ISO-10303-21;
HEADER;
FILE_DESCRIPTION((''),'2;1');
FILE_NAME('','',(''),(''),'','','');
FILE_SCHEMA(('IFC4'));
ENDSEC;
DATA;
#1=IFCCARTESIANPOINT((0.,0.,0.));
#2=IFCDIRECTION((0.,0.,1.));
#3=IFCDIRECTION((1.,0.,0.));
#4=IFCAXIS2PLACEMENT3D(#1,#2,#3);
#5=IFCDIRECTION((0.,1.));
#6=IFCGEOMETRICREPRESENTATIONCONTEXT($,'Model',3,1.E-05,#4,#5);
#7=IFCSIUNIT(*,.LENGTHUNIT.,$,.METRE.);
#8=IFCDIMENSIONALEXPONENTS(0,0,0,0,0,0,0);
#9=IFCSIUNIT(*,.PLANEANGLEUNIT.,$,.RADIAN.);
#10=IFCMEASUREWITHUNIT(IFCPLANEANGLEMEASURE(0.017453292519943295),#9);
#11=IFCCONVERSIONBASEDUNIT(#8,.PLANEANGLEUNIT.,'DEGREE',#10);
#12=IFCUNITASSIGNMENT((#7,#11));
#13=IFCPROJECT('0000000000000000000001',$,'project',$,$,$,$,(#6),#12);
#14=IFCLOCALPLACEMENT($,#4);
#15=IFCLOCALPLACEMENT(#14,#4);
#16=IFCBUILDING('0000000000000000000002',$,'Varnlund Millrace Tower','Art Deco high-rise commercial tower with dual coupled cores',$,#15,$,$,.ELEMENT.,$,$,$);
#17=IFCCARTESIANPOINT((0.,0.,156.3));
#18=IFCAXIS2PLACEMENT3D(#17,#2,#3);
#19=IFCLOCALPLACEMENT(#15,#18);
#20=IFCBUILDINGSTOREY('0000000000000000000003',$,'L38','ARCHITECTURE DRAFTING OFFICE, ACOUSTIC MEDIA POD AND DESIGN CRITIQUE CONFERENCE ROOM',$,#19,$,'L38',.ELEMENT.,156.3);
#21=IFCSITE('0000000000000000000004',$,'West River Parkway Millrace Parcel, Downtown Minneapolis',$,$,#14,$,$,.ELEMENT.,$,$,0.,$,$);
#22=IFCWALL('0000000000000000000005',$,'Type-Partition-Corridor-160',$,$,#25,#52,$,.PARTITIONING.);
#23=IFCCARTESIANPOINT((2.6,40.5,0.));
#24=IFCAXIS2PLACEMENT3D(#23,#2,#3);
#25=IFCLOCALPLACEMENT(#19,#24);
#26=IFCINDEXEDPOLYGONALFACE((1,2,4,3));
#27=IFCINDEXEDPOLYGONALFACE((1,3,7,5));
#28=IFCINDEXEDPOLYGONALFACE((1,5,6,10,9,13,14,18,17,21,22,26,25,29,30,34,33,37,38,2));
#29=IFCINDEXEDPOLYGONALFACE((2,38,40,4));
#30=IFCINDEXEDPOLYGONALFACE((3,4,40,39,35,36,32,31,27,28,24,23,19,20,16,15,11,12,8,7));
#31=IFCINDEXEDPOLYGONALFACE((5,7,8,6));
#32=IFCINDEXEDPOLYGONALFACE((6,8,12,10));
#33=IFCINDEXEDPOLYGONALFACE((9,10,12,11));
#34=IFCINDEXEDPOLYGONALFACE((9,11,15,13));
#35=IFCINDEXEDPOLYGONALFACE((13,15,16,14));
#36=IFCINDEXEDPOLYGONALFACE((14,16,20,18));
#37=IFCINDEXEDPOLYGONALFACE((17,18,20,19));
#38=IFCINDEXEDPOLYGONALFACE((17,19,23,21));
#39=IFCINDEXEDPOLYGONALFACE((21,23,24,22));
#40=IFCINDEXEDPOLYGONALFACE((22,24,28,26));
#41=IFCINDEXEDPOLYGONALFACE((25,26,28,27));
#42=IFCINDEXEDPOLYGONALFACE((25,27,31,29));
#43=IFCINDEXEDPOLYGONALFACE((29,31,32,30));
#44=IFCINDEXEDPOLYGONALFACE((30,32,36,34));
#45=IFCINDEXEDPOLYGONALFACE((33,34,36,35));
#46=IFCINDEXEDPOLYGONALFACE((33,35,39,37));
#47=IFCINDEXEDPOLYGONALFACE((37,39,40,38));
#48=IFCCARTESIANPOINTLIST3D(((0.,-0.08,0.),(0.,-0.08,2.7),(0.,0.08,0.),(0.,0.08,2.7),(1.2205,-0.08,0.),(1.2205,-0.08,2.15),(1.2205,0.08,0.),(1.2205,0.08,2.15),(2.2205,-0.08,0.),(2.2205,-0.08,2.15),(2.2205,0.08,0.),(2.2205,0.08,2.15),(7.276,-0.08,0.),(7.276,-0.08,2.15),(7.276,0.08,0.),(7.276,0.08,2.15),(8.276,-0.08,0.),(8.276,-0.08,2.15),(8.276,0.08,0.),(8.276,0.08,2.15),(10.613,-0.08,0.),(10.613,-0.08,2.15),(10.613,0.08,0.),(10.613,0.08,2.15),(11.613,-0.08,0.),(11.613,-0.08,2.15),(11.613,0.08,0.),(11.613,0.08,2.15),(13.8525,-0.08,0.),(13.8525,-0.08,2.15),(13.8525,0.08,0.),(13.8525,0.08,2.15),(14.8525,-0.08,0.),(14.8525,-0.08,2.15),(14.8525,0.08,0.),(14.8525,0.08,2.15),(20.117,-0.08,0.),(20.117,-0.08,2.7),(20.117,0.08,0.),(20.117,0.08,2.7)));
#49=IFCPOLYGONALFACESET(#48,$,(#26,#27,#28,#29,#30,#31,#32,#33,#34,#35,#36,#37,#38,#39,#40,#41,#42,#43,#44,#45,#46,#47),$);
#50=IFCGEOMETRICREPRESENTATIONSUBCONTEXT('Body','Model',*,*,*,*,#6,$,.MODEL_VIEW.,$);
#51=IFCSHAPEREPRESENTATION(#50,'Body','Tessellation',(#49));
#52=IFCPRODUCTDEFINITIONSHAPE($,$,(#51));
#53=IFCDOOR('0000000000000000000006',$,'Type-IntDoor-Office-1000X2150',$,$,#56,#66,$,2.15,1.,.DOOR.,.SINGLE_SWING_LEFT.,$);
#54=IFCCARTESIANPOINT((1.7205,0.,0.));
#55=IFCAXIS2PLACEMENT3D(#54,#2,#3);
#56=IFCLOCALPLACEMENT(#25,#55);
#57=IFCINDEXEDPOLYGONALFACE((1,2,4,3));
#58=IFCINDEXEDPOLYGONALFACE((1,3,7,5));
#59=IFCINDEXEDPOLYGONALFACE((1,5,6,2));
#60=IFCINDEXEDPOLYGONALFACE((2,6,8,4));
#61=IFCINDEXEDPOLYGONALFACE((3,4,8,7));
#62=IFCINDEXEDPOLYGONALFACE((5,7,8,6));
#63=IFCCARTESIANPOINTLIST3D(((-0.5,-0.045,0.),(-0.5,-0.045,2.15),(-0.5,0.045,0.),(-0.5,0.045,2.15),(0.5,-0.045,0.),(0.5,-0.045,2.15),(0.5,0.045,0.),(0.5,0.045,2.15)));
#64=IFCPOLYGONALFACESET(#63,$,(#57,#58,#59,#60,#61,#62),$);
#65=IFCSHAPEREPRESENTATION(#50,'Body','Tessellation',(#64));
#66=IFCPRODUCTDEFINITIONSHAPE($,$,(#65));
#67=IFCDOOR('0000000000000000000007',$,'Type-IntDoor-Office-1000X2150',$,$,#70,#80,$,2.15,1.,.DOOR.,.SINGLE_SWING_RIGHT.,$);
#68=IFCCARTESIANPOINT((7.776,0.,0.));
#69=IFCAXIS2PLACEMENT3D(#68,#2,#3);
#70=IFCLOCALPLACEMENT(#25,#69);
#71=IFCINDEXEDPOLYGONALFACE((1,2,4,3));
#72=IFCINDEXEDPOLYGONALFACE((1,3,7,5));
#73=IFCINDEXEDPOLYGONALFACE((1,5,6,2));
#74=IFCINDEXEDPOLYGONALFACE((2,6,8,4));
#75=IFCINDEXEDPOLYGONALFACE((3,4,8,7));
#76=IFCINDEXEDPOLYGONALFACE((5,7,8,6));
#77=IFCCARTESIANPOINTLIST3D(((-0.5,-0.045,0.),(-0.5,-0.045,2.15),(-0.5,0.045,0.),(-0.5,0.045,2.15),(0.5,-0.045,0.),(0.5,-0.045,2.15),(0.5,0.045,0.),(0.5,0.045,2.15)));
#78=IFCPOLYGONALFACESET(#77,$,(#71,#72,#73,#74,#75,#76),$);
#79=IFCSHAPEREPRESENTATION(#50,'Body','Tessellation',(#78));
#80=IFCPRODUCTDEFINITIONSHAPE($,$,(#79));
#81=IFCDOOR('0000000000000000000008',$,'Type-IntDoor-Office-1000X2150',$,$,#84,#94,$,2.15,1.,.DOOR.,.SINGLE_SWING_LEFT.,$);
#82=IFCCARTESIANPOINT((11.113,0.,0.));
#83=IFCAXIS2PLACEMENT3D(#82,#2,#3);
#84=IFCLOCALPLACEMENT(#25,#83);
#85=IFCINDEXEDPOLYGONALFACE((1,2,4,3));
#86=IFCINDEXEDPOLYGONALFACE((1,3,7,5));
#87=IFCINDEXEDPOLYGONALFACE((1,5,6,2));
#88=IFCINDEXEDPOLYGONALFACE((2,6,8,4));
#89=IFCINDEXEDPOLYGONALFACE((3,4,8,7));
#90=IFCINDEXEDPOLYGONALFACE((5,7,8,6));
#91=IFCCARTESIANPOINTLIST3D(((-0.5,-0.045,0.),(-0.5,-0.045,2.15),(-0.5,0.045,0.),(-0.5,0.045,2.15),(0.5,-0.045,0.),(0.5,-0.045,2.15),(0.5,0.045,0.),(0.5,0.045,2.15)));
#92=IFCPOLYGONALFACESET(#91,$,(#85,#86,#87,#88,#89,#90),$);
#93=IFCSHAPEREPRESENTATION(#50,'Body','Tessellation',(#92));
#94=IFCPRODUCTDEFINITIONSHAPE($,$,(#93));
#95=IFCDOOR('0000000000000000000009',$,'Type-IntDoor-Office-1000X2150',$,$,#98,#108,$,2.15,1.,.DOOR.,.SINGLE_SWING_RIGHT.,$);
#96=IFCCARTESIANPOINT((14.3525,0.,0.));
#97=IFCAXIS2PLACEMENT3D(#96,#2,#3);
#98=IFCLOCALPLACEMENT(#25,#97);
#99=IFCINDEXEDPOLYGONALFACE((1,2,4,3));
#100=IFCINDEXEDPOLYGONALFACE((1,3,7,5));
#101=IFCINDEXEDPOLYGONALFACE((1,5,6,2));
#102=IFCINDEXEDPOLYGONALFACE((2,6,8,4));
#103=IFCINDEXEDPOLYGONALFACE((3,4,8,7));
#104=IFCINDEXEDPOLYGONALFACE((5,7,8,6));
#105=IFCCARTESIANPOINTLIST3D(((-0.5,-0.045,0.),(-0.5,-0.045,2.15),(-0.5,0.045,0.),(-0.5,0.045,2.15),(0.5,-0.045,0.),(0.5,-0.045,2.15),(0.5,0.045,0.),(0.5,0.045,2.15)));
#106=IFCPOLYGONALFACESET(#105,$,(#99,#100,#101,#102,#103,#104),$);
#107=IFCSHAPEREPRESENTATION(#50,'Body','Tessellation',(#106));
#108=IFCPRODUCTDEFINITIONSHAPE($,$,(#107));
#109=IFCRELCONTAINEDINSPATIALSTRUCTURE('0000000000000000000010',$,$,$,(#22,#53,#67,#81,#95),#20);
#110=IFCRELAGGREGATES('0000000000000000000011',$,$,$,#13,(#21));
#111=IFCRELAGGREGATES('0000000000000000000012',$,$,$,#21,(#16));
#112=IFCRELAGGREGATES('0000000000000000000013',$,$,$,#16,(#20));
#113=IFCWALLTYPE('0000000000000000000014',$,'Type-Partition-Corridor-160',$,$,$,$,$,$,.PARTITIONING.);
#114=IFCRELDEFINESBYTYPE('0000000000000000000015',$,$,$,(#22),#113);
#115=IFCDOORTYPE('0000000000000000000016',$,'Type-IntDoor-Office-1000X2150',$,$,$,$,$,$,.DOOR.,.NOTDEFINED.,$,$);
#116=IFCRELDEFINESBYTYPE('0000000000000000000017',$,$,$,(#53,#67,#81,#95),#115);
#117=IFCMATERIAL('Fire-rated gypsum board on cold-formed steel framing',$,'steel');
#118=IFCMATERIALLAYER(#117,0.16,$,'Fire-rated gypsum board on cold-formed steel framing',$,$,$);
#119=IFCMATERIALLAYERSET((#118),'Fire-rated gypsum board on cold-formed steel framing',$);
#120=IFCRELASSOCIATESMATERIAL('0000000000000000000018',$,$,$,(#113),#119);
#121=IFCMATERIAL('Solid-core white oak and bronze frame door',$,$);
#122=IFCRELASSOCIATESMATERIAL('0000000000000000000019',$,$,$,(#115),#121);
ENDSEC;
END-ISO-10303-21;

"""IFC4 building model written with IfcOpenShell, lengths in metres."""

from ifc_helpers import new_model, entity, si_unit, converted_unit, direction, frame, origin_with_axes, origin_2d_with_axis, place, context, subcontext, project, spatial, polyline, rectangle, outline, extrude, material, layer, layer_set, type_object, element, fill, save


model = new_model("IFC4")

# Units and contexts
model_context = context("Model", 3, precision=1e-05, world=origin_with_axes(), true_north=direction((0.0, 1.0)))
body_context = subcontext(model_context, "Body", "Model", "MODEL_VIEW")
ifc_project = project(units=[si_unit("LENGTHUNIT", "METRE"), converted_unit("PLANEANGLEUNIT", "DEGREE", entity("IfcPlaneAngleMeasure", 0.017453292519943295), si_unit("PLANEANGLEUNIT", "RADIAN"), dimensions=[0, 0, 0, 0, 0, 0, 0])], contexts=[model_context])

# Site, building, storey
site_placement = place(None, origin_with_axes())
site = spatial("IfcSite", under=ifc_project, at=site_placement, Name="West River Parkway Millrace Parcel, Downtown Minneapolis", CompositionType="ELEMENT", RefElevation=0.0)
building_placement = place(site_placement, origin_with_axes())
building = spatial("IfcBuilding", under=site, at=building_placement, Name="Varnlund Millrace Tower", Description="Art Deco high-rise commercial tower with dual coupled cores", CompositionType="ELEMENT")
storey_placement = place(building_placement, frame((0.0, 0.0, 156.3), z_axis=(0.0, 0.0, 1.0), x_axis=(1.0, 0.0, 0.0)))
storey = spatial("IfcBuildingStorey", under=building, at=storey_placement, Name="L38", Description="ARCHITECTURE DRAFTING OFFICE, ACOUSTIC MEDIA POD AND DESIGN CRITIQUE CONFERENCE ROOM", LongName="L38", CompositionType="ELEMENT", Elevation=156.3)

# Shared definitions
ifc_material_1 = material(Name="Fire-rated gypsum board on cold-formed steel framing", Category="steel")
ifc_layer_1 = layer(ifc_material_1, 0.16, Name="Fire-rated gypsum board on cold-formed steel framing")
ifc_layer_set_1 = layer_set([ifc_layer_1], Name="Fire-rated gypsum board on cold-formed steel framing")
wall_type_1 = type_object("IfcWallType", Name="Type-Partition-Corridor-160", PredefinedType="PARTITIONING", material=ifc_layer_set_1)

# Wall, openings, doors
wall_1_placement = place(storey_placement, frame((2.6, 40.5, 0.0), z_axis=(0.0, 0.0, 1.0), x_axis=(1.0, 0.0, 0.0)))
wall_1 = element("IfcWall", 1, at=wall_1_placement, inside=storey, type_object=wall_type_1, Name="Type-Partition-Corridor-160", PredefinedType="PARTITIONING", context=body_context, shape_type="SweptSolid", body=[
    extrude(outline(polyline([(0.0, -0.08), (20.117, -0.08), (20.117, 0.08), (0.0, 0.08), (0.0, -0.08)])), origin_with_axes(), (0.0, 0.0, 1.0), 2.7),
])
opening_1_placement = place(wall_1_placement, frame((1.7205, 0.0, 0.0), z_axis=(0.0, 0.0, 1.0), x_axis=(1.0, 0.0, 0.0)))
opening_1 = element("IfcOpeningElement", 2, at=opening_1_placement, cuts=wall_1, PredefinedType="OPENING", context=body_context, shape_type="SweptSolid", body=[
    extrude(rectangle(XDim=1.0, YDim=0.18, at=origin_2d_with_axis()), origin_with_axes(), (0.0, 0.0, 1.0), 2.15),
])
opening_2_placement = place(wall_1_placement, frame((7.776, 0.0, 0.0), z_axis=(0.0, 0.0, 1.0), x_axis=(1.0, 0.0, 0.0)))
opening_2 = element("IfcOpeningElement", 3, at=opening_2_placement, cuts=wall_1, PredefinedType="OPENING", context=body_context, shape_type="SweptSolid", body=[
    extrude(rectangle(XDim=1.0, YDim=0.18, at=origin_2d_with_axis()), origin_with_axes(), (0.0, 0.0, 1.0), 2.15),
])
opening_3_placement = place(wall_1_placement, frame((11.113, 0.0, 0.0), z_axis=(0.0, 0.0, 1.0), x_axis=(1.0, 0.0, 0.0)))
opening_3 = element("IfcOpeningElement", 4, at=opening_3_placement, cuts=wall_1, PredefinedType="OPENING", context=body_context, shape_type="SweptSolid", body=[
    extrude(rectangle(XDim=1.0, YDim=0.18, at=origin_2d_with_axis()), origin_with_axes(), (0.0, 0.0, 1.0), 2.15),
])
opening_4_placement = place(wall_1_placement, frame((14.3525, 0.0, 0.0), z_axis=(0.0, 0.0, 1.0), x_axis=(1.0, 0.0, 0.0)))
opening_4 = element("IfcOpeningElement", 5, at=opening_4_placement, cuts=wall_1, PredefinedType="OPENING", context=body_context, shape_type="SweptSolid", body=[
    extrude(rectangle(XDim=1.0, YDim=0.18, at=origin_2d_with_axis()), origin_with_axes(), (0.0, 0.0, 1.0), 2.15),
])
ifc_material_2 = material(Name="Solid-core white oak and bronze frame door")
door_type_1 = type_object("IfcDoorType", Name="Type-IntDoor-Office-1000X2150", OperationType="NOTDEFINED", PredefinedType="DOOR", material=ifc_material_2)
door_1_placement = place(wall_1_placement, frame((1.7205, 0.0, 0.0), z_axis=(0.0, 0.0, 1.0), x_axis=(1.0, 0.0, 0.0)))
door_1 = element("IfcDoor", 6, at=door_1_placement, inside=storey, type_object=door_type_1, Name="Type-IntDoor-Office-1000X2150", OperationType="SINGLE_SWING_LEFT", OverallHeight=2.15, OverallWidth=1.0, PredefinedType="DOOR", context=body_context, shape_type="SweptSolid", body=[
    extrude(rectangle(XDim=1.0, YDim=0.09, at=origin_2d_with_axis()), origin_with_axes(), (0.0, 0.0, 1.0), 2.15),
])
fill(opening_1, door_1)
door_2_placement = place(wall_1_placement, frame((7.776, 0.0, 0.0), z_axis=(0.0, 0.0, 1.0), x_axis=(1.0, 0.0, 0.0)))
door_2 = element("IfcDoor", 7, at=door_2_placement, inside=storey, type_object=door_type_1, Name="Type-IntDoor-Office-1000X2150", OperationType="SINGLE_SWING_RIGHT", OverallHeight=2.15, OverallWidth=1.0, PredefinedType="DOOR", context=body_context, shape_type="SweptSolid", body=[
    extrude(rectangle(XDim=1.0, YDim=0.09, at=origin_2d_with_axis()), origin_with_axes(), (0.0, 0.0, 1.0), 2.15),
])
fill(opening_2, door_2)
door_3_placement = place(wall_1_placement, frame((11.113, 0.0, 0.0), z_axis=(0.0, 0.0, 1.0), x_axis=(1.0, 0.0, 0.0)))
door_3 = element("IfcDoor", 8, at=door_3_placement, inside=storey, type_object=door_type_1, Name="Type-IntDoor-Office-1000X2150", OperationType="SINGLE_SWING_LEFT", OverallHeight=2.15, OverallWidth=1.0, PredefinedType="DOOR", context=body_context, shape_type="SweptSolid", body=[
    extrude(rectangle(XDim=1.0, YDim=0.09, at=origin_2d_with_axis()), origin_with_axes(), (0.0, 0.0, 1.0), 2.15),
])
fill(opening_3, door_3)
door_4_placement = place(wall_1_placement, frame((14.3525, 0.0, 0.0), z_axis=(0.0, 0.0, 1.0), x_axis=(1.0, 0.0, 0.0)))
door_4 = element("IfcDoor", 9, at=door_4_placement, inside=storey, type_object=door_type_1, Name="Type-IntDoor-Office-1000X2150", OperationType="SINGLE_SWING_RIGHT", OverallHeight=2.15, OverallWidth=1.0, PredefinedType="DOOR", context=body_context, shape_type="SweptSolid", body=[
    extrude(rectangle(XDim=1.0, YDim=0.09, at=origin_2d_with_axis()), origin_with_axes(), (0.0, 0.0, 1.0), 2.15),
])
fill(opening_4, door_4)

save(model, "model.ifc")
